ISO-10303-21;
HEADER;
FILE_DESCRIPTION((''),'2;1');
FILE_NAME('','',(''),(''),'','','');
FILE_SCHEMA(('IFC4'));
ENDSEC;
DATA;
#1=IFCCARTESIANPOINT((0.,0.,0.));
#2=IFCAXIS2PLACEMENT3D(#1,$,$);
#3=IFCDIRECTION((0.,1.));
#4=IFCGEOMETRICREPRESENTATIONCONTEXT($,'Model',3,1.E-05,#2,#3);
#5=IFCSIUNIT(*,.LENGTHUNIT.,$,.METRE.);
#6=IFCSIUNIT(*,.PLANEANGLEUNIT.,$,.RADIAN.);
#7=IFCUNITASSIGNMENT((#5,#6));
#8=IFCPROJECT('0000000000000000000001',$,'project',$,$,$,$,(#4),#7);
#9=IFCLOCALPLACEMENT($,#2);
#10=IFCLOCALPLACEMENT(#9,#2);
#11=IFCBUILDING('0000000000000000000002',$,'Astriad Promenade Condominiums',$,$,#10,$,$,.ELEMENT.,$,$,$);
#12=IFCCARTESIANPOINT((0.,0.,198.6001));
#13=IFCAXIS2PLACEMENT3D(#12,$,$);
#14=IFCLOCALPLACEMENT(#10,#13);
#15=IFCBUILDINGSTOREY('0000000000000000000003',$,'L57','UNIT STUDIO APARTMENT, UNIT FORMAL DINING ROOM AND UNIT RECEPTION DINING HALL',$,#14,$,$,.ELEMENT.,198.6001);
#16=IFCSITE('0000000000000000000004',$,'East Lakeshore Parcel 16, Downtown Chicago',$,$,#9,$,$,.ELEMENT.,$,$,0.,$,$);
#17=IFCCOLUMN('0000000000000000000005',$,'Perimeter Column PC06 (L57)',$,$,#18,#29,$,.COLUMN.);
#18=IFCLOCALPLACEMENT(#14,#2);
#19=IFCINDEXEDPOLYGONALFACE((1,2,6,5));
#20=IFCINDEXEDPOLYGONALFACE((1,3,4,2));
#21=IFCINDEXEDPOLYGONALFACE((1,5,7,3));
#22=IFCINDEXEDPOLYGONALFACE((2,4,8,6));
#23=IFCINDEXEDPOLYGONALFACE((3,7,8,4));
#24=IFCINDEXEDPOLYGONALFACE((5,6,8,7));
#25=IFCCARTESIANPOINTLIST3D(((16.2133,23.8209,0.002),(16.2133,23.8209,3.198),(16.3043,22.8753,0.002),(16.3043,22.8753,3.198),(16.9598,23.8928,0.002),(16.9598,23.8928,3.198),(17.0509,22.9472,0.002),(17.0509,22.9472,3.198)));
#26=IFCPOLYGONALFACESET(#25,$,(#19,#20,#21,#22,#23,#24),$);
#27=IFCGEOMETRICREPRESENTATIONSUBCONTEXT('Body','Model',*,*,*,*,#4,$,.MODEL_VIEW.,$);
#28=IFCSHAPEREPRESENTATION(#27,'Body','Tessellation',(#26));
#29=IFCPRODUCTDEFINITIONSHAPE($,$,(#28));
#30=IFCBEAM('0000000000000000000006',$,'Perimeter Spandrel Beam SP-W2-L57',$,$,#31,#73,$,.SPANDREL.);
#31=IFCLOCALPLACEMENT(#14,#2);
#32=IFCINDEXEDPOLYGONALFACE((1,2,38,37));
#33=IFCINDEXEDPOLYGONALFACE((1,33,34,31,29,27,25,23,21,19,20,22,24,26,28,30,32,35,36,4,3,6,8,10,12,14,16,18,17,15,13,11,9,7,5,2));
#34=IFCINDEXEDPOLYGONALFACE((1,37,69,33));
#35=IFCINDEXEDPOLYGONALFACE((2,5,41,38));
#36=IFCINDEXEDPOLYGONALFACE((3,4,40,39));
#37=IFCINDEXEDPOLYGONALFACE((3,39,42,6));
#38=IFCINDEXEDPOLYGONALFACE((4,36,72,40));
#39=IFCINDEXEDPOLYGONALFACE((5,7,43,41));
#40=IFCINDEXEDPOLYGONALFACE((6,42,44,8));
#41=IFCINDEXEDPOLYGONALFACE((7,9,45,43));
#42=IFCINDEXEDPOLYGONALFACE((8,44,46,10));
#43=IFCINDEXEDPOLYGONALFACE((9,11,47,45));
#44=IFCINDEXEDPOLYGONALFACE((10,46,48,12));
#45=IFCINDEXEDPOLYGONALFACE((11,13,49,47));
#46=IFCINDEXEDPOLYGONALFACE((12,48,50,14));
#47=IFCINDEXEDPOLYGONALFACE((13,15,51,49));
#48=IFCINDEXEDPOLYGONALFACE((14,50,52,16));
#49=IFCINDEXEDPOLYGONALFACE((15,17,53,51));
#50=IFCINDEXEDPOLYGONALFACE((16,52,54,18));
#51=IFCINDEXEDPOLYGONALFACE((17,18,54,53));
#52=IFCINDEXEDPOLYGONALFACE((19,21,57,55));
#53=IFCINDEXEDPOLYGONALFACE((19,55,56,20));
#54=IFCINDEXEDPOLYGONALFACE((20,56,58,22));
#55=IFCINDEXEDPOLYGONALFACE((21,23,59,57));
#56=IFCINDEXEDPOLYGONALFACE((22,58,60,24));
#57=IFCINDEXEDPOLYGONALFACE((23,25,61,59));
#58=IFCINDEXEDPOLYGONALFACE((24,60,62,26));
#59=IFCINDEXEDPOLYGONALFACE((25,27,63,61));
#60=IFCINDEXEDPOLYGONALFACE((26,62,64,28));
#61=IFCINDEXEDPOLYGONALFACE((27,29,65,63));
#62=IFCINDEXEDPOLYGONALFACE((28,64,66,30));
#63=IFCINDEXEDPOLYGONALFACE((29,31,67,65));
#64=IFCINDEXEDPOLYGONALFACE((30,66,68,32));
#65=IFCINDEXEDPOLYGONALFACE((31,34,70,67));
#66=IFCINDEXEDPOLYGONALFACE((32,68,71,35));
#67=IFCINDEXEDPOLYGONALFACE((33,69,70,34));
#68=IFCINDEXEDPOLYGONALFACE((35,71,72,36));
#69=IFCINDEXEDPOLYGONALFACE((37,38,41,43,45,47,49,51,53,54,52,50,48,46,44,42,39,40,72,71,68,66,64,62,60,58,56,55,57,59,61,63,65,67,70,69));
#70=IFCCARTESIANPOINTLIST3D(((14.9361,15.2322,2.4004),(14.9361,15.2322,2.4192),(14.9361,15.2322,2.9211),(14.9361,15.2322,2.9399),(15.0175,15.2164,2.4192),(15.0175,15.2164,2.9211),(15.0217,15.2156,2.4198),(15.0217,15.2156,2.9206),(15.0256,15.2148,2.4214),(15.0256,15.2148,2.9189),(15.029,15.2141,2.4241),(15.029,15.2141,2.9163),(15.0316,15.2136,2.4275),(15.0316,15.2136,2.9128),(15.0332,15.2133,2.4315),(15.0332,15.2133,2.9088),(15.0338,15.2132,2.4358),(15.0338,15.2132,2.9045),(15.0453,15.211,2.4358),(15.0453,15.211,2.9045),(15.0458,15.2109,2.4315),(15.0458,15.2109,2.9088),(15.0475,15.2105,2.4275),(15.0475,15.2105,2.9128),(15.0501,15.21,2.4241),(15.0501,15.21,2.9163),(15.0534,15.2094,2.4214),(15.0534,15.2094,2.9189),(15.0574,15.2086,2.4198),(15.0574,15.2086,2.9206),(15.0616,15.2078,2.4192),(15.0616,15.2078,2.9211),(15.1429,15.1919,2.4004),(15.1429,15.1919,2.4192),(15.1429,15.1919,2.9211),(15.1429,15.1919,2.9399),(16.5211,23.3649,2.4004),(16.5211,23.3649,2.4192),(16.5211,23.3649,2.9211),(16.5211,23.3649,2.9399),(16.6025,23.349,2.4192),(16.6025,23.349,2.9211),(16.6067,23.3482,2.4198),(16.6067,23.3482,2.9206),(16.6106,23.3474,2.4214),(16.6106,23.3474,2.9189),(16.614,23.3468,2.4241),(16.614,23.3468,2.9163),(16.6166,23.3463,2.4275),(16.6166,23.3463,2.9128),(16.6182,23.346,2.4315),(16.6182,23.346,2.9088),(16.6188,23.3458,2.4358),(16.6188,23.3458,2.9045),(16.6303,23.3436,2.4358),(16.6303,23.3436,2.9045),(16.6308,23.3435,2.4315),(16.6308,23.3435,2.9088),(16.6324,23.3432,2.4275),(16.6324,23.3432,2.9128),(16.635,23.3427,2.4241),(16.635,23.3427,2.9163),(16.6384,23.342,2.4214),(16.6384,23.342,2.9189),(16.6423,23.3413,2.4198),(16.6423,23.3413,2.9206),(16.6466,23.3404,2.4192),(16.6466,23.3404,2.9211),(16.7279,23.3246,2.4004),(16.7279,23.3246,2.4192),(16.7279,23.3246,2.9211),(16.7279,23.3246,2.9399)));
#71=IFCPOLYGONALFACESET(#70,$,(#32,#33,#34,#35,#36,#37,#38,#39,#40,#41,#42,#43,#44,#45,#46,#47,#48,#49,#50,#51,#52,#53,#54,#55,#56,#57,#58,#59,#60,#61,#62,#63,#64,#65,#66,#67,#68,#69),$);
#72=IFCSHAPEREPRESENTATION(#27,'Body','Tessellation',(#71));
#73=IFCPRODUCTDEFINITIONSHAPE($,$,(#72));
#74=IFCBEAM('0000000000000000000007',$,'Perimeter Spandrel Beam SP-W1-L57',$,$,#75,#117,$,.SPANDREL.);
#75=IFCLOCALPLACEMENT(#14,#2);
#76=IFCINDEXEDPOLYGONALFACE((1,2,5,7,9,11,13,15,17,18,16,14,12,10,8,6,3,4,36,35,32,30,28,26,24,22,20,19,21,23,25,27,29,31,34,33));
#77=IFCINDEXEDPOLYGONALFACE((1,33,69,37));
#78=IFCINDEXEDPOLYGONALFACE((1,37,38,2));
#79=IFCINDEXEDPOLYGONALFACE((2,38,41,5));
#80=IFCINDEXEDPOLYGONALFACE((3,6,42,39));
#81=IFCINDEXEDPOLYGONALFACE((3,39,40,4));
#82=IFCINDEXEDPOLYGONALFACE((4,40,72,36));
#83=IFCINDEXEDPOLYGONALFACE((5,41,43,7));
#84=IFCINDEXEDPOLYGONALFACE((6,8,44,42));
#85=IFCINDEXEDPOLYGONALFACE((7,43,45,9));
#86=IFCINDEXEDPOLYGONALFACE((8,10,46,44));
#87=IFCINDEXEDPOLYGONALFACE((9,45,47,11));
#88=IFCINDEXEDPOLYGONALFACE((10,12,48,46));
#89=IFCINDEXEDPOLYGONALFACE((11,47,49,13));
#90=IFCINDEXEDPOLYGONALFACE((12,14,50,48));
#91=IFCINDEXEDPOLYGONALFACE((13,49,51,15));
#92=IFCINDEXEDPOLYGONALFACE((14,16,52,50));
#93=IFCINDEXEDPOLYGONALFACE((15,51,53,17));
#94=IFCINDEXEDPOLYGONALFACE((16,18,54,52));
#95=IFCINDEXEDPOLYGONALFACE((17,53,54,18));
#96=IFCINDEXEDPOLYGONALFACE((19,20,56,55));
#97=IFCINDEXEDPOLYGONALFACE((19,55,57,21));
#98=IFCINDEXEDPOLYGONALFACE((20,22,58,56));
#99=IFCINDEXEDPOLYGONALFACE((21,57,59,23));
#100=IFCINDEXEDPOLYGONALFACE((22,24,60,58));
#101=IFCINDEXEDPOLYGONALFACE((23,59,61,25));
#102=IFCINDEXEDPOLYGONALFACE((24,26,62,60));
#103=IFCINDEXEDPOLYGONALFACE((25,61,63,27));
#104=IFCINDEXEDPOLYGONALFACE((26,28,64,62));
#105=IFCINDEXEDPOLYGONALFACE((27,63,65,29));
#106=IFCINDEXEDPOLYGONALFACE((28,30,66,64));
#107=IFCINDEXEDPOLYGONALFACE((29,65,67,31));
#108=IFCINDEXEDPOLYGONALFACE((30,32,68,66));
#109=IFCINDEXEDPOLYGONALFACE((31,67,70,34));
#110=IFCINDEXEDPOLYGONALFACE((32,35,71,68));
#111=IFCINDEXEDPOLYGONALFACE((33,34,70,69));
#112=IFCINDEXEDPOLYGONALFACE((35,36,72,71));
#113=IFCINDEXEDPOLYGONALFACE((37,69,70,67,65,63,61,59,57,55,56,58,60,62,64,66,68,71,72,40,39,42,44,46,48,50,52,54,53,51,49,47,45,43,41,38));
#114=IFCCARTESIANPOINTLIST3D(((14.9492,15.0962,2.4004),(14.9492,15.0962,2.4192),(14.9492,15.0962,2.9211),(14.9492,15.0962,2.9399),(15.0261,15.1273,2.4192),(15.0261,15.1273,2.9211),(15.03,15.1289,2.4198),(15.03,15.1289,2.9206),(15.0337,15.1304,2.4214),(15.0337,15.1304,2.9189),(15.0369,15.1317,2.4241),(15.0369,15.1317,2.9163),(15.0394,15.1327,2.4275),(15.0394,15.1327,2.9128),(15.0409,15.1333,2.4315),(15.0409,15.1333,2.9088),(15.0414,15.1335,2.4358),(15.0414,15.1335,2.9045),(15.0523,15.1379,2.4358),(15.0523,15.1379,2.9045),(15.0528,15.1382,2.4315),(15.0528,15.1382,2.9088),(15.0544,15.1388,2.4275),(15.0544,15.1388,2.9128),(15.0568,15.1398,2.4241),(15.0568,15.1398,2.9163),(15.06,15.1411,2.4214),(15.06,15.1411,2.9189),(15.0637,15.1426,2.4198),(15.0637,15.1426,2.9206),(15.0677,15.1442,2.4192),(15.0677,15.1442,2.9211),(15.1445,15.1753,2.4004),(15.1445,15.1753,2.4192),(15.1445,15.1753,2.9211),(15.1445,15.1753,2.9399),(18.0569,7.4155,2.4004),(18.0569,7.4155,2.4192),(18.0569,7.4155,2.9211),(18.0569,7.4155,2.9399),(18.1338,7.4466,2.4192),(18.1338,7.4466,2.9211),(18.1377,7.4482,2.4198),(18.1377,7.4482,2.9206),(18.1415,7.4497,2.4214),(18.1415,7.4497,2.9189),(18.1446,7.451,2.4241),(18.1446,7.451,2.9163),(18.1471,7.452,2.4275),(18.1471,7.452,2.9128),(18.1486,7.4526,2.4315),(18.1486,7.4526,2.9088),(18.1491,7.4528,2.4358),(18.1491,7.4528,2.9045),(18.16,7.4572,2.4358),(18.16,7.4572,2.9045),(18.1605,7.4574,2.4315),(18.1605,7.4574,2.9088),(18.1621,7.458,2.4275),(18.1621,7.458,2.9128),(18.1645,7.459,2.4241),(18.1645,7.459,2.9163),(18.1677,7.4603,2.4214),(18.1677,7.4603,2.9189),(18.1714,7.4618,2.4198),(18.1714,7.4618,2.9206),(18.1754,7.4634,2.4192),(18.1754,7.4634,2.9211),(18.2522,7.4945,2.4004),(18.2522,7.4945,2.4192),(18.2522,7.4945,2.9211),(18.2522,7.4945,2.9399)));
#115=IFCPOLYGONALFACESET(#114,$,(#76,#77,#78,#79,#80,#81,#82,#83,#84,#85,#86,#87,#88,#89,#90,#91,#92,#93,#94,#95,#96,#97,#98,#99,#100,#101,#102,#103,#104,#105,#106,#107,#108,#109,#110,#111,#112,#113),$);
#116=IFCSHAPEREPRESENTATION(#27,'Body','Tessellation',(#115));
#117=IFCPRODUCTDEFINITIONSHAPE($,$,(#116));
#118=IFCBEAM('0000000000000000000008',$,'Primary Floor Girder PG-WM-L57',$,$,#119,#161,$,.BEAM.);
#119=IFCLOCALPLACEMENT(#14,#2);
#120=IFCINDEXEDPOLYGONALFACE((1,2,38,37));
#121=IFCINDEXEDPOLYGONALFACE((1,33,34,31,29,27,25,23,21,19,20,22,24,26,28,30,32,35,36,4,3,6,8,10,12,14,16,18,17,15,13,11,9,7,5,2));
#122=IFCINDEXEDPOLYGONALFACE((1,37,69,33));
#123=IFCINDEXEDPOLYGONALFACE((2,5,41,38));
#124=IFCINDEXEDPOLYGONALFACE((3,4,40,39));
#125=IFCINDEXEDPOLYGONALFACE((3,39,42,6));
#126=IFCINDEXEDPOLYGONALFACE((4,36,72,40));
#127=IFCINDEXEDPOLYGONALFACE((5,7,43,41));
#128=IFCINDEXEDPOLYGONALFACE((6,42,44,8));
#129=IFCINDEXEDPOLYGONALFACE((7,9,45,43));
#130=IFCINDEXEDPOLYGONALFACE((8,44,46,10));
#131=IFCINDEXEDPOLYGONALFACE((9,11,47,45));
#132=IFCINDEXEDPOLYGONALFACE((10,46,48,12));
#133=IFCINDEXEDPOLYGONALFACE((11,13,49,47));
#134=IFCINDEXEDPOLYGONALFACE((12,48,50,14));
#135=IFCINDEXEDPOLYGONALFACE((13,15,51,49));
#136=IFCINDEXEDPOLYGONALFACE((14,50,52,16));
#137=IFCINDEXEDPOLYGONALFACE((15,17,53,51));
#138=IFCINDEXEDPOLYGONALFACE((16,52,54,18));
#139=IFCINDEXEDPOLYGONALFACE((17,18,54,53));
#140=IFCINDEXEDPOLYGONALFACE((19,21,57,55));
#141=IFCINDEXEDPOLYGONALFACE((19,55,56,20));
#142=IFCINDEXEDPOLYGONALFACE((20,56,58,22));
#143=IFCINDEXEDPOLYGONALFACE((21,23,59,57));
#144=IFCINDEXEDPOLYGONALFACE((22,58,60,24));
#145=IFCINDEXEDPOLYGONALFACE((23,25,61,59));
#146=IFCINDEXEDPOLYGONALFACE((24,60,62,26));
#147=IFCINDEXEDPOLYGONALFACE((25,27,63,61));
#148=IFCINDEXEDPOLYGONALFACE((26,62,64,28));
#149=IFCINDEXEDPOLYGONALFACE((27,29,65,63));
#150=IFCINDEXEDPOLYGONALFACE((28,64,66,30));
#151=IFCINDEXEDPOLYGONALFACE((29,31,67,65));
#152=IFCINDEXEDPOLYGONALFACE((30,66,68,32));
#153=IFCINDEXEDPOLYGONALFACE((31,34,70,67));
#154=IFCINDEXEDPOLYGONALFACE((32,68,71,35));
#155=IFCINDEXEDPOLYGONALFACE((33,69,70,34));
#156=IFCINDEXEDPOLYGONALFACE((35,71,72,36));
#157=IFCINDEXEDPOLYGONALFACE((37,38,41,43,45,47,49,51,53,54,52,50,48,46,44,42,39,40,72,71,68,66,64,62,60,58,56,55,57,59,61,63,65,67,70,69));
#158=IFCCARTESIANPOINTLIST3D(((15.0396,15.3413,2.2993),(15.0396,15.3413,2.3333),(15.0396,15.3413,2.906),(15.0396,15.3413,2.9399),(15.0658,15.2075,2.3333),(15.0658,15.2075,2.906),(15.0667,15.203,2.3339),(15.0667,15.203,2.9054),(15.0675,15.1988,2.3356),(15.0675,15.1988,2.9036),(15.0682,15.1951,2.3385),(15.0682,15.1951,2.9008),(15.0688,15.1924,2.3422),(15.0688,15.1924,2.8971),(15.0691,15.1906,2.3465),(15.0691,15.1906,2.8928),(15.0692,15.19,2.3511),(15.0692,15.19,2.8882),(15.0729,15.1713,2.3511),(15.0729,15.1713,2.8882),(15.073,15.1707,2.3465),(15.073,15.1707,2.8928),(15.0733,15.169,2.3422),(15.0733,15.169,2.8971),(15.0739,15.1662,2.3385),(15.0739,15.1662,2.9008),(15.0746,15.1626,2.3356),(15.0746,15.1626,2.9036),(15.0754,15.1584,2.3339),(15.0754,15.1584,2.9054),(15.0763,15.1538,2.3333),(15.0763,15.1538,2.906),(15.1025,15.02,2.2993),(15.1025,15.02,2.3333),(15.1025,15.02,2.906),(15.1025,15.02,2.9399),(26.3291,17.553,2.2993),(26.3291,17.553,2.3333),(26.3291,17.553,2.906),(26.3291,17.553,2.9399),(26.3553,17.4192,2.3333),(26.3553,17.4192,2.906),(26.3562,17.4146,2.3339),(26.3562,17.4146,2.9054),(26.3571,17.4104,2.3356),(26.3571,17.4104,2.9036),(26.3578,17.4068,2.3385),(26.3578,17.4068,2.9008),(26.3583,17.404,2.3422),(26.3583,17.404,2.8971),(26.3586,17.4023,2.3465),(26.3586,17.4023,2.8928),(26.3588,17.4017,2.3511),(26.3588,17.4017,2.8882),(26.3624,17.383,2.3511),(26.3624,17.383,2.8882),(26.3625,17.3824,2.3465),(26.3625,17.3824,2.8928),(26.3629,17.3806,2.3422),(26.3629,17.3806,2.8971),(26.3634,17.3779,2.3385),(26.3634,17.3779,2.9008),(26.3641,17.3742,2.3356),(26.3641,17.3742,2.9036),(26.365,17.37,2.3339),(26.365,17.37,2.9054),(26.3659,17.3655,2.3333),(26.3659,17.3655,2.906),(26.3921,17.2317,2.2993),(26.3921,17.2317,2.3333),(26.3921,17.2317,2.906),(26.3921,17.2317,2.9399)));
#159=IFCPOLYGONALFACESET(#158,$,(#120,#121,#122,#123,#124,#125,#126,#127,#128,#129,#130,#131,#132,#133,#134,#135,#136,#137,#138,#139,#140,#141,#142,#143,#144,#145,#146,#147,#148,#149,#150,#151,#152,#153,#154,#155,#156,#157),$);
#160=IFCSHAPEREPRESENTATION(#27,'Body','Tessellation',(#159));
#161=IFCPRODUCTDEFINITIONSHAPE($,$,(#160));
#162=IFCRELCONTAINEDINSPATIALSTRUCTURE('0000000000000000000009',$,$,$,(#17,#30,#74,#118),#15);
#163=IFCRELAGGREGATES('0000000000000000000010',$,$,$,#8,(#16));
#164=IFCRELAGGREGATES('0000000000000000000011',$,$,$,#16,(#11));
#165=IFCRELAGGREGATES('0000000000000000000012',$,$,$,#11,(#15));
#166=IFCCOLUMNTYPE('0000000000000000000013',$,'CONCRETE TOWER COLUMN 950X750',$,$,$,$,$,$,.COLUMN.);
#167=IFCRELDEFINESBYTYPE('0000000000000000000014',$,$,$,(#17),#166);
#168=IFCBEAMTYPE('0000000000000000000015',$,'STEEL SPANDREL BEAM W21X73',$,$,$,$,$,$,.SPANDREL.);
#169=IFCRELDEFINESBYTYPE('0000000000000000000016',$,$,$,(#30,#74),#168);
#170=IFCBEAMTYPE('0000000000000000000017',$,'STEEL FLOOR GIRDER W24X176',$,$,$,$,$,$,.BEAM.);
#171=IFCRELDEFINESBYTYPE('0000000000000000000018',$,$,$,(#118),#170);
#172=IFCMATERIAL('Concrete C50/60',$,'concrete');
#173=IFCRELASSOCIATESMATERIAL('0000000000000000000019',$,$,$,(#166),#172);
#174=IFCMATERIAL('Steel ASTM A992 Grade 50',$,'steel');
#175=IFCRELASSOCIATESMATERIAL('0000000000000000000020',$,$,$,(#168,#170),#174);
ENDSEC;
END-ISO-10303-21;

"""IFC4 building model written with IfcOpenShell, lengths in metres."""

from ifc_helpers import new_model, si_unit, direction, frame, origin, origin_2d, place, context, subcontext, project, spatial, rectangle, i_section, extrude, source, transform, mapped, material, material_profile, profile_set, type_object, type_shapes, element, save


model = new_model("IFC4")

# Units and contexts
model_context = context("Model", 3, precision=1e-05, world=origin(), true_north=direction((0.0, 1.0)))
body_context = subcontext(model_context, "Body", "Model", "MODEL_VIEW")
ifc_project = project(units=[si_unit("LENGTHUNIT", "METRE"), si_unit("PLANEANGLEUNIT", "RADIAN")], contexts=[model_context])

# Site, building, storey
site_placement = place(None, origin())
site = spatial("IfcSite", under=ifc_project, at=site_placement, Name="East Lakeshore Parcel 16, Downtown Chicago", CompositionType="ELEMENT", RefElevation=0.0)
building_placement = place(site_placement, origin())
building = spatial("IfcBuilding", under=site, at=building_placement, Name="Astriad Promenade Condominiums", CompositionType="ELEMENT")
storey_placement = place(building_placement, frame((0.0, 0.0, 198.6001)))
storey = spatial("IfcBuildingStorey", under=building, at=storey_placement, Name="L57", Description="UNIT STUDIO APARTMENT, UNIT FORMAL DINING ROOM AND UNIT RECEPTION DINING HALL", CompositionType="ELEMENT", Elevation=198.6001)

# Column
ifc_material_1 = material(Name="Concrete C50/60", Category="concrete")
ifc_material_profile_1 = material_profile(ifc_material_1, rectangle(XDim=0.75, YDim=0.95, at=origin_2d()), Name="RC-COL-950X750")
ifc_profile_set_1 = profile_set([ifc_material_profile_1], Name="Concrete C50/60")
column_type = type_object("IfcColumnType", Name="CONCRETE TOWER COLUMN 950X750", PredefinedType="COLUMN", material=ifc_profile_set_1)
shared_shape_1 = source(origin(), body_context, "Body", "SweptSolid", [
    extrude(rectangle(XDim=0.75, YDim=0.95, at=origin_2d()), origin(), (0.0, 0.0, 1.0), 3.196),
])
type_shapes(column_type, [shared_shape_1])
column_placement = place(storey_placement, frame((16.6321, 23.384, 0.002), z_axis=(0.0, 0.0, 1.0), x_axis=(0.995396, 0.095846, 0.0)))
element("IfcColumn", 1, at=column_placement, inside=storey, type_object=column_type, Name="Perimeter Column PC06 (L57)", PredefinedType="COLUMN", context=body_context, shape_type="MappedRepresentation", body=[
    mapped(shared_shape_1, transform((0.0, 0.0, 0.0), scale=1.0)),
])

# Beams
ifc_material_2 = material(Name="Steel ASTM A992 Grade 50", Category="steel")
ifc_material_profile_2 = material_profile(ifc_material_2, i_section(OverallWidth=0.2107, OverallDepth=0.5396, WebThickness=0.0117, FlangeThickness=0.0188, FilletRadius=0.0166, at=origin_2d()), Name="W21X73")
ifc_profile_set_2 = profile_set([ifc_material_profile_2], Name="Steel ASTM A992 Grade 50")
beam_type_1 = type_object("IfcBeamType", Name="STEEL SPANDREL BEAM W21X73", PredefinedType="SPANDREL", material=ifc_profile_set_2)
shared_shape_2 = source(origin(), body_context, "Body", "SweptSolid", [
    extrude(i_section(OverallWidth=0.2107, OverallDepth=0.5396, WebThickness=0.0117, FlangeThickness=0.0188, FilletRadius=0.0166, at=origin_2d()), origin(), (0.0, 0.0, 1.0), 8.2856),
])
type_shapes(beam_type_1, [shared_shape_2])
for number, where, z_axis, x_axis, name in (
    (2, (16.6245, 23.3447, 2.6702), (-0.191292, -0.981533, 0.0), (0.981533, -0.191292, 0.0), "Perimeter Spandrel Beam SP-W2-L57"),
    (3, (15.0469, 15.1357, 2.6702), (0.375071, -0.926996, 0.0), (0.926996, 0.375071, 0.0), "Perimeter Spandrel Beam SP-W1-L57"),
):
    element("IfcBeam", number, at=place(storey_placement, frame(where, z_axis=z_axis, x_axis=x_axis)), inside=storey, type_object=beam_type_1, Name=name, PredefinedType="SPANDREL", context=body_context, shape_type="MappedRepresentation", body=[
        mapped(shared_shape_2, transform((0.0, 0.0, 0.0), scale=1.0)),
    ])
ifc_material_profile_3 = material_profile(ifc_material_2, i_section(OverallWidth=0.3274, OverallDepth=0.6406, WebThickness=0.019, FlangeThickness=0.0339, FilletRadius=0.0178, at=origin_2d()), Name="W24X176")
ifc_profile_set_3 = profile_set([ifc_material_profile_3], Name="Steel ASTM A992 Grade 50")
beam_type_2 = type_object("IfcBeamType", Name="STEEL FLOOR GIRDER W24X176", PredefinedType="BEAM", material=ifc_profile_set_3)
shared_shape_3 = source(origin(), body_context, "Body", "SweptSolid", [
    extrude(i_section(OverallWidth=0.3274, OverallDepth=0.6406, WebThickness=0.019, FlangeThickness=0.0339, FilletRadius=0.0178, at=origin_2d()), origin(), (0.0, 0.0, 1.0), 11.5042),
])
type_shapes(beam_type_2, [shared_shape_3])
beam_1_placement = place(storey_placement, frame((15.071, 15.1807, 2.6196), z_axis=(0.981346, 0.19225, 0.0), x_axis=(-0.19225, 0.981346, 0.0)))
element("IfcBeam", 4, at=beam_1_placement, inside=storey, type_object=beam_type_2, Name="Primary Floor Girder PG-WM-L57", PredefinedType="BEAM", context=body_context, shape_type="MappedRepresentation", body=[
    mapped(shared_shape_3, transform((0.0, 0.0, 0.0), scale=1.0)),
])

save(model, "model.ifc")
